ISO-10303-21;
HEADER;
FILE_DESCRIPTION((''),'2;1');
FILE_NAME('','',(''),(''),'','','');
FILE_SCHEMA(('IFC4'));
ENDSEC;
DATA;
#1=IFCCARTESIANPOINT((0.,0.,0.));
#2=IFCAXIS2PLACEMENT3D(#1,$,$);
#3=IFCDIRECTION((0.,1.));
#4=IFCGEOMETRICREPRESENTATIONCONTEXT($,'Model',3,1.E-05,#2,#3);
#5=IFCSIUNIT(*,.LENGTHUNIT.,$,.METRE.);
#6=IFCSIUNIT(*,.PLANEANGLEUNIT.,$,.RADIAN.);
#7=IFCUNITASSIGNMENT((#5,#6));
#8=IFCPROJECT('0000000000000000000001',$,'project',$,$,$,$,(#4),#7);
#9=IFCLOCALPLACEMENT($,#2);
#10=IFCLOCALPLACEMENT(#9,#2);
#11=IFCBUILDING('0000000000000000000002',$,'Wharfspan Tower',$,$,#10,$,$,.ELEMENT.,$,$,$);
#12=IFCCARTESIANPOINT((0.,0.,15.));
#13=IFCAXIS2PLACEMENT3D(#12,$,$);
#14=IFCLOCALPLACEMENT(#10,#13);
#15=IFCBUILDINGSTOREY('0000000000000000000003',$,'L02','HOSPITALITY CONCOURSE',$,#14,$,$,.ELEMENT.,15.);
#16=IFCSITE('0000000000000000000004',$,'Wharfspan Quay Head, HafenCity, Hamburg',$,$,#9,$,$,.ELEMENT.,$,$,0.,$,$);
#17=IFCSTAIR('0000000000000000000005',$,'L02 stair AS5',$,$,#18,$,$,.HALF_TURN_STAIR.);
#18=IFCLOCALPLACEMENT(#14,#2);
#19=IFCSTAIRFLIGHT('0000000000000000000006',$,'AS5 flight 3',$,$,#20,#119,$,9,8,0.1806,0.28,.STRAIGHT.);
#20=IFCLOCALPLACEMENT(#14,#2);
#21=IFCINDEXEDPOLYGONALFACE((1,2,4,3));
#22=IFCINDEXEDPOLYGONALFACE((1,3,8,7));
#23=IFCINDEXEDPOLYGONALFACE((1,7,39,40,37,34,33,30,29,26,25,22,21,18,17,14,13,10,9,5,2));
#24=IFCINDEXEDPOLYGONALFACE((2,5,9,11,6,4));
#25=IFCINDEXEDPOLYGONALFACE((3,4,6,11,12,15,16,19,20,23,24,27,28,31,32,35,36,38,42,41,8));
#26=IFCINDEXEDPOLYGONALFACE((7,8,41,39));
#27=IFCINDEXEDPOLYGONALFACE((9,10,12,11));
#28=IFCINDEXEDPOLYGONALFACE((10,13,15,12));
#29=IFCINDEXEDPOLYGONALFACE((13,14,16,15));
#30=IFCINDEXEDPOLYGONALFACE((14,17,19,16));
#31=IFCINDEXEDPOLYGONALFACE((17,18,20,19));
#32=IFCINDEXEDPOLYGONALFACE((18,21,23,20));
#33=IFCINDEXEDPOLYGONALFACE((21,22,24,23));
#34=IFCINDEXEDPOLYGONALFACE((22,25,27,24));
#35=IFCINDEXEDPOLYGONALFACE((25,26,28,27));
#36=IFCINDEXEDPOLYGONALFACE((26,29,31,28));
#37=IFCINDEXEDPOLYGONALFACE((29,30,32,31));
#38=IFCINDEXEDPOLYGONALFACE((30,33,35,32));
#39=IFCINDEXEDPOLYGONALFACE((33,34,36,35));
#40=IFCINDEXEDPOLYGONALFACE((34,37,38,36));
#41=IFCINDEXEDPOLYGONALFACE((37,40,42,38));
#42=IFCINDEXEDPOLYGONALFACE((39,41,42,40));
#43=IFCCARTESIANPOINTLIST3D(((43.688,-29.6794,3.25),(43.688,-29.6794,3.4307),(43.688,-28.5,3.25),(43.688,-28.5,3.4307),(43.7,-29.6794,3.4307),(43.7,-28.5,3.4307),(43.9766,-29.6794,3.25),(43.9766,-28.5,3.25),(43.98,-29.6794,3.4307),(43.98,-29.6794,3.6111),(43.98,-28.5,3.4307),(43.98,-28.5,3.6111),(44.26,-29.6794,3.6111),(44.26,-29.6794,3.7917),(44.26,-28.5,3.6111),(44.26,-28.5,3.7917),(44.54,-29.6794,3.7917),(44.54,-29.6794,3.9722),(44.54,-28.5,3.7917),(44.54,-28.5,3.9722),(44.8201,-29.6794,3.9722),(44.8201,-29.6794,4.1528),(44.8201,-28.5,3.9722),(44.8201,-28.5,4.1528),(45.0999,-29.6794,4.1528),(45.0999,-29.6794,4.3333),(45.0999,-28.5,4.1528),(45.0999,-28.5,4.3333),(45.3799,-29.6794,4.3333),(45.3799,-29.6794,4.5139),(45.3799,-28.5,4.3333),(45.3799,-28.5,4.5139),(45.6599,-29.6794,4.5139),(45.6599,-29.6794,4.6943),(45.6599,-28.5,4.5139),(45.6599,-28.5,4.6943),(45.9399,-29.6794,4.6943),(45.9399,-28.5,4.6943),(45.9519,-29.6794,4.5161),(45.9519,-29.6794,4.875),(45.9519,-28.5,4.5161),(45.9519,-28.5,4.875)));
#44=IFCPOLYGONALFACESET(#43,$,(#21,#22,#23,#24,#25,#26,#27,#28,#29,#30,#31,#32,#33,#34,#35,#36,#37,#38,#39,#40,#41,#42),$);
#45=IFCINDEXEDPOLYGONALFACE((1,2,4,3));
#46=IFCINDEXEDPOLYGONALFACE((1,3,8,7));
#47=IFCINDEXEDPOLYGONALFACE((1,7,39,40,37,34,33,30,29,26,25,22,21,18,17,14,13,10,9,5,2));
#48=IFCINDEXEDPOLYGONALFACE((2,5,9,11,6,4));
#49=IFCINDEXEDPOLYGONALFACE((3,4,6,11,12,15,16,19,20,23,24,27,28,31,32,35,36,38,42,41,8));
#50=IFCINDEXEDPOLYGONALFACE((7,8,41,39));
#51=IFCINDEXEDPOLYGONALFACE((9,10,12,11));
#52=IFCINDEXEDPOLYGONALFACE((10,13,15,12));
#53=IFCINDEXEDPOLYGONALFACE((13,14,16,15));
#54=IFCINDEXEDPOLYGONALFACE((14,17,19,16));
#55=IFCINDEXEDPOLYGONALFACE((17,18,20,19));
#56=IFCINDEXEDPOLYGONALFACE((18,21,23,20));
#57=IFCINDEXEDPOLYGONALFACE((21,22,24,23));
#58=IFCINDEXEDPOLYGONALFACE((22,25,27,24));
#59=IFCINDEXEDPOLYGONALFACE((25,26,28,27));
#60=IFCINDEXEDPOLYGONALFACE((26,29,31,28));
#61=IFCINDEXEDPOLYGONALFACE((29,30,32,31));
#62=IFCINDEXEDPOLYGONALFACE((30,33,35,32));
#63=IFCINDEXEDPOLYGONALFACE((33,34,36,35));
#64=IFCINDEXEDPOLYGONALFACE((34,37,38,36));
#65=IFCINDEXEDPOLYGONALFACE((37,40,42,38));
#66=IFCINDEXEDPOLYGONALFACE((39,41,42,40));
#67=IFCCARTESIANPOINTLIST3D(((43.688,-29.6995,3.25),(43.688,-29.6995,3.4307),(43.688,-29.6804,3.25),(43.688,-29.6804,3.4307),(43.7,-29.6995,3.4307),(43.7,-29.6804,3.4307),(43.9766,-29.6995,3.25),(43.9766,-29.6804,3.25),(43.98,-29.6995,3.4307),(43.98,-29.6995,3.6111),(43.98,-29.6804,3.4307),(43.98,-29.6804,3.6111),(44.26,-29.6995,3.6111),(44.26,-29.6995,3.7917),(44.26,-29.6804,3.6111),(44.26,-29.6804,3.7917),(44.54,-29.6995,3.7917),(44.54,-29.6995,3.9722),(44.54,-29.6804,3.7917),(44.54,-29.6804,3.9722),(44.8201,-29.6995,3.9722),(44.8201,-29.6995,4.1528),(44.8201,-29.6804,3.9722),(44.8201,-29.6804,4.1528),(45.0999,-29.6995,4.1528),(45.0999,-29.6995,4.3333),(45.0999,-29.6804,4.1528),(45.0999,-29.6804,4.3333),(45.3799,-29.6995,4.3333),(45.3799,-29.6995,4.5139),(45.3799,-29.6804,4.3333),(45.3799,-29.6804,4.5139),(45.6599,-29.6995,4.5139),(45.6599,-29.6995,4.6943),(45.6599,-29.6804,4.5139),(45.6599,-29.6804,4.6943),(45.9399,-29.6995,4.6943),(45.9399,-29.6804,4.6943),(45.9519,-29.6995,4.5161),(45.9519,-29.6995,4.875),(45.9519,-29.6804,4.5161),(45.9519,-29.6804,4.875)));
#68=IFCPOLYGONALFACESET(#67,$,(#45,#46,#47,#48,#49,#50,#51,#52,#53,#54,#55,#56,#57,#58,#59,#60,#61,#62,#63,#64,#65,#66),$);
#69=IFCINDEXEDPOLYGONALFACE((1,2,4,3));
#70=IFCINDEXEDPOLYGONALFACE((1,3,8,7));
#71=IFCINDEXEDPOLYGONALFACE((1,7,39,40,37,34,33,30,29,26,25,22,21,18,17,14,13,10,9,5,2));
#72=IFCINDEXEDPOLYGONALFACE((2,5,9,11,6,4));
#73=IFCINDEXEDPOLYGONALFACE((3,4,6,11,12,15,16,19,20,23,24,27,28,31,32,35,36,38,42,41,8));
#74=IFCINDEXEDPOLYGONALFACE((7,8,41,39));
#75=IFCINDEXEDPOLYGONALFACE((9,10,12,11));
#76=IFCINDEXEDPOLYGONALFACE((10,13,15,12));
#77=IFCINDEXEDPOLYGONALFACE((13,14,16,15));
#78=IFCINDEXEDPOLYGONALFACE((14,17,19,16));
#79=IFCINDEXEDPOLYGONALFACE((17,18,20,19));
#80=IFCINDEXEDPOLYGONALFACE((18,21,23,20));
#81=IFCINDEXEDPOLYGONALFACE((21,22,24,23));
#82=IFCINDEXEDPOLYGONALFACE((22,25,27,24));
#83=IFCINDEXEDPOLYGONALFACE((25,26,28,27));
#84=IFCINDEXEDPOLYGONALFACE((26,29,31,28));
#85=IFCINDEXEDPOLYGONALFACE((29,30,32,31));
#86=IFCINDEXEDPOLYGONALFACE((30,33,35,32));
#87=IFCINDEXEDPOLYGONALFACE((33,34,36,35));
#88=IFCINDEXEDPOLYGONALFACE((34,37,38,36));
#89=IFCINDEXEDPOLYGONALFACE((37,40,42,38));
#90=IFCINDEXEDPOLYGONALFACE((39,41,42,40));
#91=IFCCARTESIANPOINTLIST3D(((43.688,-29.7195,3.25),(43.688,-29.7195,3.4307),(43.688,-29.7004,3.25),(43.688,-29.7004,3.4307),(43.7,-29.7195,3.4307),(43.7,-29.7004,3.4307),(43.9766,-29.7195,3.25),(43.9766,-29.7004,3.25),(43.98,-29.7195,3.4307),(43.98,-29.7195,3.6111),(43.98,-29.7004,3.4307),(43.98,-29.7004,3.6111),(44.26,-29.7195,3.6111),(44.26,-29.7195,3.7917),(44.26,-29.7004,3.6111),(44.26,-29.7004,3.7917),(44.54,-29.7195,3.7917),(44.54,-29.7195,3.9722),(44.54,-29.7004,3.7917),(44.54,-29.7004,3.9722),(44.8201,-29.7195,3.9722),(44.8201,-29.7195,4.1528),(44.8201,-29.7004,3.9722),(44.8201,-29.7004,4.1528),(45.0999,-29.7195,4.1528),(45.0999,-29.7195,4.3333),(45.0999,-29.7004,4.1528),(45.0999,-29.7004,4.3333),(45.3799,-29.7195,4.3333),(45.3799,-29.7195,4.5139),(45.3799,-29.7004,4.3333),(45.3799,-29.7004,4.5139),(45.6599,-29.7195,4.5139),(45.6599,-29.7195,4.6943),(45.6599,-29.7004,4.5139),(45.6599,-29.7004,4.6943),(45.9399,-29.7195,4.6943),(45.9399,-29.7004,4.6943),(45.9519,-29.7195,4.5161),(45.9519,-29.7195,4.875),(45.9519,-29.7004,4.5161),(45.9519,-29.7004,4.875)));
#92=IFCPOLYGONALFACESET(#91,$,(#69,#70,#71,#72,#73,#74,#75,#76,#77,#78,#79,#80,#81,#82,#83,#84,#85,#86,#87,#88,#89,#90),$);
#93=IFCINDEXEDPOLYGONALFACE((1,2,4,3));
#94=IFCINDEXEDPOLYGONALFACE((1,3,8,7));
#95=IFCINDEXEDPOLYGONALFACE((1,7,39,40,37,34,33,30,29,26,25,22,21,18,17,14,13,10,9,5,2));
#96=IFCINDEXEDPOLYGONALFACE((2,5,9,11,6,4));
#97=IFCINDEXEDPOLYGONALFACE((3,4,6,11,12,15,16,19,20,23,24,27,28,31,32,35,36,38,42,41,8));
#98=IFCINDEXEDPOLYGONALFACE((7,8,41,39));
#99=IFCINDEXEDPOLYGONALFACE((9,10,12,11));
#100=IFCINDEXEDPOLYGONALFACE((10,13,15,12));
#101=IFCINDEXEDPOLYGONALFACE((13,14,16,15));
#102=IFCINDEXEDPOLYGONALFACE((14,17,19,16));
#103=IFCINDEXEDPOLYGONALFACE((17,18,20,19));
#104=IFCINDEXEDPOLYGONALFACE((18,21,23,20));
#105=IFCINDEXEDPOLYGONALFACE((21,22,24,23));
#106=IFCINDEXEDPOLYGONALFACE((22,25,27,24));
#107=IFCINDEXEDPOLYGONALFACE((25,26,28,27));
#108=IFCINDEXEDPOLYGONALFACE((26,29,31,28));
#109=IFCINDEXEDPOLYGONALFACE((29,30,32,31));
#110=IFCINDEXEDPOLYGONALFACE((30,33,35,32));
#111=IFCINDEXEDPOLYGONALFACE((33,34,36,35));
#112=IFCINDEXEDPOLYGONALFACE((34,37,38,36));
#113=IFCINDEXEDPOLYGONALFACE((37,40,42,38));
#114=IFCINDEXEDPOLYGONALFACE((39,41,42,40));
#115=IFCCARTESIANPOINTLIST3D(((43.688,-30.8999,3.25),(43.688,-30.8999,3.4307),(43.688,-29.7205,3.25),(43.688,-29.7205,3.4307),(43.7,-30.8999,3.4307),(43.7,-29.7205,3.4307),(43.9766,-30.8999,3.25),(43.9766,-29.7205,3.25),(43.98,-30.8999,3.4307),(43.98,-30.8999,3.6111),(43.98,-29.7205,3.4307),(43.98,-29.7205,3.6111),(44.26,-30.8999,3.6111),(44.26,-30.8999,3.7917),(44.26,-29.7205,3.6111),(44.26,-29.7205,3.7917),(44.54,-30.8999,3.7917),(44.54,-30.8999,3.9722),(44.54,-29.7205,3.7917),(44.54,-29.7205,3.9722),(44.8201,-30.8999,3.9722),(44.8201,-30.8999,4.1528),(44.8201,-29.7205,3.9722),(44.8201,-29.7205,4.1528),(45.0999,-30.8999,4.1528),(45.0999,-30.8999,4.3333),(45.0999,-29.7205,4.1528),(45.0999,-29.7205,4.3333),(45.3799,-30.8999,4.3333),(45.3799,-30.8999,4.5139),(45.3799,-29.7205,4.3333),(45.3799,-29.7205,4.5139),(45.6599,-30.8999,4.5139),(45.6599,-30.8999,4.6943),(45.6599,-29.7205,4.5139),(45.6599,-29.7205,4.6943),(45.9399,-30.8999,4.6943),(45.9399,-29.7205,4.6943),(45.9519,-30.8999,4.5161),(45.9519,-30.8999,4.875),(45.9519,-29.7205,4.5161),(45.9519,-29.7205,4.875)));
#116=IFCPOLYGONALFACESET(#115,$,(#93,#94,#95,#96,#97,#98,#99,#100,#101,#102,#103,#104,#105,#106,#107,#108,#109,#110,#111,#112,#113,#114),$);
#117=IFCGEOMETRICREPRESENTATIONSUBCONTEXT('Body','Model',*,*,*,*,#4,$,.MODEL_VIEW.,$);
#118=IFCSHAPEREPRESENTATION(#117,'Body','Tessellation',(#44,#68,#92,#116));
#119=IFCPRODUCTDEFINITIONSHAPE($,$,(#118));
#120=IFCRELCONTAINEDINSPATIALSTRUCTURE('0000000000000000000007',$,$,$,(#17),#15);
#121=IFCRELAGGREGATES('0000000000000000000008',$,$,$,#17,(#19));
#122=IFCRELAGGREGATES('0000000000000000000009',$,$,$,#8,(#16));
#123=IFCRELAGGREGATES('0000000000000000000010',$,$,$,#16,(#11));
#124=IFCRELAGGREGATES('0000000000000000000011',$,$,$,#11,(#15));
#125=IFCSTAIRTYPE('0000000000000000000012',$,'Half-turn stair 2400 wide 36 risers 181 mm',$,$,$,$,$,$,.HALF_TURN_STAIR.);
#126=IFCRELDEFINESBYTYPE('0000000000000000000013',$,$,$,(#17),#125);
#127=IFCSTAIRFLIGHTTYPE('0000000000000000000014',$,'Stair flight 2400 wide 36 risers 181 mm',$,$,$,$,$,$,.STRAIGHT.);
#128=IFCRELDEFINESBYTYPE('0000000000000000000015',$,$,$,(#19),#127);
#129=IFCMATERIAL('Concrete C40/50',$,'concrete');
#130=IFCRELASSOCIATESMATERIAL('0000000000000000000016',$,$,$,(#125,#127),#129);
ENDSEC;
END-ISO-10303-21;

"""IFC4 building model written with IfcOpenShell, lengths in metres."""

from ifc_helpers import new_model, si_unit, direction, frame, origin, place, context, subcontext, project, spatial, polyline, outline, extrude, material, type_object, element, aggregate, save


model = new_model("IFC4")

# Units and contexts
model_context = context("Model", 3, precision=1e-05, world=origin(), true_north=direction((0.0, 1.0)))
body_context = subcontext(model_context, "Body", "Model", "MODEL_VIEW")
ifc_project = project(units=[si_unit("LENGTHUNIT", "METRE"), si_unit("PLANEANGLEUNIT", "RADIAN")], contexts=[model_context])

# Site, building, storey
site_placement = place(None, origin())
site = spatial("IfcSite", under=ifc_project, at=site_placement, Name="Wharfspan Quay Head, HafenCity, Hamburg", CompositionType="ELEMENT", RefElevation=0.0)
building_placement = place(site_placement, origin())
building = spatial("IfcBuilding", under=site, at=building_placement, Name="Wharfspan Tower", CompositionType="ELEMENT")
storey_placement = place(building_placement, frame((0.0, 0.0, 15.0)))
storey = spatial("IfcBuildingStorey", under=building, at=storey_placement, Name="L02", Description="HOSPITALITY CONCOURSE", CompositionType="ELEMENT", Elevation=15.0)

# Shared definitions
ifc_material_1 = material(Name="Concrete C40/50", Category="concrete")

# Stair, stair flight
stair_type = type_object("IfcStairType", Name="Half-turn stair 2400 wide 36 risers 181 mm", PredefinedType="HALF_TURN_STAIR", material=ifc_material_1)
stair_placement = place(storey_placement, origin())
stair = element("IfcStair", 1, at=stair_placement, inside=storey, type_object=stair_type, Name="L02 stair AS5", PredefinedType="HALF_TURN_STAIR")
stair_flight_type = type_object("IfcStairFlightType", Name="Stair flight 2400 wide 36 risers 181 mm", PredefinedType="STRAIGHT", material=ifc_material_1)
stair_flight_1_placement = place(storey_placement, frame((43.7, -29.7, 3.25), z_axis=(0.0, 0.0, 1.0), x_axis=(1.0, 0.0, 0.0)))
stair_flight_1 = element("IfcStairFlight", 2, at=stair_flight_1_placement, type_object=stair_flight_type, Name="AS5 flight 3", NumberOfRisers=9, NumberOfTreads=8, PredefinedType="STRAIGHT", RiserHeight=0.1806, TreadLength=0.28, context=body_context, shape_type="SweptSolid", body=[
    extrude(outline(polyline([(-0.012, 0.0), (-0.012, 0.1807), (0.0, 0.1807), (0.28, 0.1807), (0.28, 0.3611), (0.5601, 0.3611), (0.5601, 0.5417), (0.8401, 0.5417), (0.8401, 0.7222), (1.1201, 0.7222), (1.1201, 0.9028), (1.3999, 0.9028), (1.3999, 1.0833), (1.6799, 1.0833), (1.6799, 1.2639), (1.96, 1.2639), (1.96, 1.4443), (2.24, 1.4443), (2.252, 1.625), (2.252, 1.2661), (0.2766, 0.0), (-0.012, 0.0)])), frame((0.0, 1.2, 0.0), z_axis=(0.0, -1.0, 0.0), x_axis=(1.0, 0.0, 0.0)), (0.0, 0.0, 1.0), 1.1794),
    extrude(outline(polyline([(-0.012, 0.0), (-0.012, 0.1807), (0.0, 0.1807), (0.28, 0.1807), (0.28, 0.3611), (0.5601, 0.3611), (0.5601, 0.5417), (0.8401, 0.5417), (0.8401, 0.7222), (1.1201, 0.7222), (1.1201, 0.9028), (1.3999, 0.9028), (1.3999, 1.0833), (1.6799, 1.0833), (1.6799, 1.2639), (1.96, 1.2639), (1.96, 1.4443), (2.24, 1.4443), (2.252, 1.625), (2.252, 1.2661), (0.2766, 0.0), (-0.012, 0.0)])), frame((0.0, 0.0195, 0.0), z_axis=(0.0, -1.0, 0.0), x_axis=(1.0, 0.0, 0.0)), (0.0, 0.0, 1.0), 0.019),
    extrude(outline(polyline([(-0.012, 0.0), (-0.012, 0.1807), (0.0, 0.1807), (0.28, 0.1807), (0.28, 0.3611), (0.5601, 0.3611), (0.5601, 0.5417), (0.8401, 0.5417), (0.8401, 0.7222), (1.1201, 0.7222), (1.1201, 0.9028), (1.3999, 0.9028), (1.3999, 1.0833), (1.6799, 1.0833), (1.6799, 1.2639), (1.96, 1.2639), (1.96, 1.4443), (2.24, 1.4443), (2.252, 1.625), (2.252, 1.2661), (0.2766, 0.0), (-0.012, 0.0)])), frame((0.0, -0.0005, 0.0), z_axis=(0.0, -1.0, 0.0), x_axis=(1.0, 0.0, 0.0)), (0.0, 0.0, 1.0), 0.019),
    extrude(outline(polyline([(-0.012, 0.0), (-0.012, 0.1807), (0.0, 0.1807), (0.28, 0.1807), (0.28, 0.3611), (0.5601, 0.3611), (0.5601, 0.5417), (0.8401, 0.5417), (0.8401, 0.7222), (1.1201, 0.7222), (1.1201, 0.9028), (1.3999, 0.9028), (1.3999, 1.0833), (1.6799, 1.0833), (1.6799, 1.2639), (1.96, 1.2639), (1.96, 1.4443), (2.24, 1.4443), (2.252, 1.625), (2.252, 1.2661), (0.2766, 0.0), (-0.012, 0.0)])), frame((0.0, -0.0205, 0.0), z_axis=(0.0, -1.0, 0.0), x_axis=(1.0, 0.0, 0.0)), (0.0, 0.0, 1.0), 1.1794),
])
aggregate(stair, [stair_flight_1])

save(model, "model.ifc")
